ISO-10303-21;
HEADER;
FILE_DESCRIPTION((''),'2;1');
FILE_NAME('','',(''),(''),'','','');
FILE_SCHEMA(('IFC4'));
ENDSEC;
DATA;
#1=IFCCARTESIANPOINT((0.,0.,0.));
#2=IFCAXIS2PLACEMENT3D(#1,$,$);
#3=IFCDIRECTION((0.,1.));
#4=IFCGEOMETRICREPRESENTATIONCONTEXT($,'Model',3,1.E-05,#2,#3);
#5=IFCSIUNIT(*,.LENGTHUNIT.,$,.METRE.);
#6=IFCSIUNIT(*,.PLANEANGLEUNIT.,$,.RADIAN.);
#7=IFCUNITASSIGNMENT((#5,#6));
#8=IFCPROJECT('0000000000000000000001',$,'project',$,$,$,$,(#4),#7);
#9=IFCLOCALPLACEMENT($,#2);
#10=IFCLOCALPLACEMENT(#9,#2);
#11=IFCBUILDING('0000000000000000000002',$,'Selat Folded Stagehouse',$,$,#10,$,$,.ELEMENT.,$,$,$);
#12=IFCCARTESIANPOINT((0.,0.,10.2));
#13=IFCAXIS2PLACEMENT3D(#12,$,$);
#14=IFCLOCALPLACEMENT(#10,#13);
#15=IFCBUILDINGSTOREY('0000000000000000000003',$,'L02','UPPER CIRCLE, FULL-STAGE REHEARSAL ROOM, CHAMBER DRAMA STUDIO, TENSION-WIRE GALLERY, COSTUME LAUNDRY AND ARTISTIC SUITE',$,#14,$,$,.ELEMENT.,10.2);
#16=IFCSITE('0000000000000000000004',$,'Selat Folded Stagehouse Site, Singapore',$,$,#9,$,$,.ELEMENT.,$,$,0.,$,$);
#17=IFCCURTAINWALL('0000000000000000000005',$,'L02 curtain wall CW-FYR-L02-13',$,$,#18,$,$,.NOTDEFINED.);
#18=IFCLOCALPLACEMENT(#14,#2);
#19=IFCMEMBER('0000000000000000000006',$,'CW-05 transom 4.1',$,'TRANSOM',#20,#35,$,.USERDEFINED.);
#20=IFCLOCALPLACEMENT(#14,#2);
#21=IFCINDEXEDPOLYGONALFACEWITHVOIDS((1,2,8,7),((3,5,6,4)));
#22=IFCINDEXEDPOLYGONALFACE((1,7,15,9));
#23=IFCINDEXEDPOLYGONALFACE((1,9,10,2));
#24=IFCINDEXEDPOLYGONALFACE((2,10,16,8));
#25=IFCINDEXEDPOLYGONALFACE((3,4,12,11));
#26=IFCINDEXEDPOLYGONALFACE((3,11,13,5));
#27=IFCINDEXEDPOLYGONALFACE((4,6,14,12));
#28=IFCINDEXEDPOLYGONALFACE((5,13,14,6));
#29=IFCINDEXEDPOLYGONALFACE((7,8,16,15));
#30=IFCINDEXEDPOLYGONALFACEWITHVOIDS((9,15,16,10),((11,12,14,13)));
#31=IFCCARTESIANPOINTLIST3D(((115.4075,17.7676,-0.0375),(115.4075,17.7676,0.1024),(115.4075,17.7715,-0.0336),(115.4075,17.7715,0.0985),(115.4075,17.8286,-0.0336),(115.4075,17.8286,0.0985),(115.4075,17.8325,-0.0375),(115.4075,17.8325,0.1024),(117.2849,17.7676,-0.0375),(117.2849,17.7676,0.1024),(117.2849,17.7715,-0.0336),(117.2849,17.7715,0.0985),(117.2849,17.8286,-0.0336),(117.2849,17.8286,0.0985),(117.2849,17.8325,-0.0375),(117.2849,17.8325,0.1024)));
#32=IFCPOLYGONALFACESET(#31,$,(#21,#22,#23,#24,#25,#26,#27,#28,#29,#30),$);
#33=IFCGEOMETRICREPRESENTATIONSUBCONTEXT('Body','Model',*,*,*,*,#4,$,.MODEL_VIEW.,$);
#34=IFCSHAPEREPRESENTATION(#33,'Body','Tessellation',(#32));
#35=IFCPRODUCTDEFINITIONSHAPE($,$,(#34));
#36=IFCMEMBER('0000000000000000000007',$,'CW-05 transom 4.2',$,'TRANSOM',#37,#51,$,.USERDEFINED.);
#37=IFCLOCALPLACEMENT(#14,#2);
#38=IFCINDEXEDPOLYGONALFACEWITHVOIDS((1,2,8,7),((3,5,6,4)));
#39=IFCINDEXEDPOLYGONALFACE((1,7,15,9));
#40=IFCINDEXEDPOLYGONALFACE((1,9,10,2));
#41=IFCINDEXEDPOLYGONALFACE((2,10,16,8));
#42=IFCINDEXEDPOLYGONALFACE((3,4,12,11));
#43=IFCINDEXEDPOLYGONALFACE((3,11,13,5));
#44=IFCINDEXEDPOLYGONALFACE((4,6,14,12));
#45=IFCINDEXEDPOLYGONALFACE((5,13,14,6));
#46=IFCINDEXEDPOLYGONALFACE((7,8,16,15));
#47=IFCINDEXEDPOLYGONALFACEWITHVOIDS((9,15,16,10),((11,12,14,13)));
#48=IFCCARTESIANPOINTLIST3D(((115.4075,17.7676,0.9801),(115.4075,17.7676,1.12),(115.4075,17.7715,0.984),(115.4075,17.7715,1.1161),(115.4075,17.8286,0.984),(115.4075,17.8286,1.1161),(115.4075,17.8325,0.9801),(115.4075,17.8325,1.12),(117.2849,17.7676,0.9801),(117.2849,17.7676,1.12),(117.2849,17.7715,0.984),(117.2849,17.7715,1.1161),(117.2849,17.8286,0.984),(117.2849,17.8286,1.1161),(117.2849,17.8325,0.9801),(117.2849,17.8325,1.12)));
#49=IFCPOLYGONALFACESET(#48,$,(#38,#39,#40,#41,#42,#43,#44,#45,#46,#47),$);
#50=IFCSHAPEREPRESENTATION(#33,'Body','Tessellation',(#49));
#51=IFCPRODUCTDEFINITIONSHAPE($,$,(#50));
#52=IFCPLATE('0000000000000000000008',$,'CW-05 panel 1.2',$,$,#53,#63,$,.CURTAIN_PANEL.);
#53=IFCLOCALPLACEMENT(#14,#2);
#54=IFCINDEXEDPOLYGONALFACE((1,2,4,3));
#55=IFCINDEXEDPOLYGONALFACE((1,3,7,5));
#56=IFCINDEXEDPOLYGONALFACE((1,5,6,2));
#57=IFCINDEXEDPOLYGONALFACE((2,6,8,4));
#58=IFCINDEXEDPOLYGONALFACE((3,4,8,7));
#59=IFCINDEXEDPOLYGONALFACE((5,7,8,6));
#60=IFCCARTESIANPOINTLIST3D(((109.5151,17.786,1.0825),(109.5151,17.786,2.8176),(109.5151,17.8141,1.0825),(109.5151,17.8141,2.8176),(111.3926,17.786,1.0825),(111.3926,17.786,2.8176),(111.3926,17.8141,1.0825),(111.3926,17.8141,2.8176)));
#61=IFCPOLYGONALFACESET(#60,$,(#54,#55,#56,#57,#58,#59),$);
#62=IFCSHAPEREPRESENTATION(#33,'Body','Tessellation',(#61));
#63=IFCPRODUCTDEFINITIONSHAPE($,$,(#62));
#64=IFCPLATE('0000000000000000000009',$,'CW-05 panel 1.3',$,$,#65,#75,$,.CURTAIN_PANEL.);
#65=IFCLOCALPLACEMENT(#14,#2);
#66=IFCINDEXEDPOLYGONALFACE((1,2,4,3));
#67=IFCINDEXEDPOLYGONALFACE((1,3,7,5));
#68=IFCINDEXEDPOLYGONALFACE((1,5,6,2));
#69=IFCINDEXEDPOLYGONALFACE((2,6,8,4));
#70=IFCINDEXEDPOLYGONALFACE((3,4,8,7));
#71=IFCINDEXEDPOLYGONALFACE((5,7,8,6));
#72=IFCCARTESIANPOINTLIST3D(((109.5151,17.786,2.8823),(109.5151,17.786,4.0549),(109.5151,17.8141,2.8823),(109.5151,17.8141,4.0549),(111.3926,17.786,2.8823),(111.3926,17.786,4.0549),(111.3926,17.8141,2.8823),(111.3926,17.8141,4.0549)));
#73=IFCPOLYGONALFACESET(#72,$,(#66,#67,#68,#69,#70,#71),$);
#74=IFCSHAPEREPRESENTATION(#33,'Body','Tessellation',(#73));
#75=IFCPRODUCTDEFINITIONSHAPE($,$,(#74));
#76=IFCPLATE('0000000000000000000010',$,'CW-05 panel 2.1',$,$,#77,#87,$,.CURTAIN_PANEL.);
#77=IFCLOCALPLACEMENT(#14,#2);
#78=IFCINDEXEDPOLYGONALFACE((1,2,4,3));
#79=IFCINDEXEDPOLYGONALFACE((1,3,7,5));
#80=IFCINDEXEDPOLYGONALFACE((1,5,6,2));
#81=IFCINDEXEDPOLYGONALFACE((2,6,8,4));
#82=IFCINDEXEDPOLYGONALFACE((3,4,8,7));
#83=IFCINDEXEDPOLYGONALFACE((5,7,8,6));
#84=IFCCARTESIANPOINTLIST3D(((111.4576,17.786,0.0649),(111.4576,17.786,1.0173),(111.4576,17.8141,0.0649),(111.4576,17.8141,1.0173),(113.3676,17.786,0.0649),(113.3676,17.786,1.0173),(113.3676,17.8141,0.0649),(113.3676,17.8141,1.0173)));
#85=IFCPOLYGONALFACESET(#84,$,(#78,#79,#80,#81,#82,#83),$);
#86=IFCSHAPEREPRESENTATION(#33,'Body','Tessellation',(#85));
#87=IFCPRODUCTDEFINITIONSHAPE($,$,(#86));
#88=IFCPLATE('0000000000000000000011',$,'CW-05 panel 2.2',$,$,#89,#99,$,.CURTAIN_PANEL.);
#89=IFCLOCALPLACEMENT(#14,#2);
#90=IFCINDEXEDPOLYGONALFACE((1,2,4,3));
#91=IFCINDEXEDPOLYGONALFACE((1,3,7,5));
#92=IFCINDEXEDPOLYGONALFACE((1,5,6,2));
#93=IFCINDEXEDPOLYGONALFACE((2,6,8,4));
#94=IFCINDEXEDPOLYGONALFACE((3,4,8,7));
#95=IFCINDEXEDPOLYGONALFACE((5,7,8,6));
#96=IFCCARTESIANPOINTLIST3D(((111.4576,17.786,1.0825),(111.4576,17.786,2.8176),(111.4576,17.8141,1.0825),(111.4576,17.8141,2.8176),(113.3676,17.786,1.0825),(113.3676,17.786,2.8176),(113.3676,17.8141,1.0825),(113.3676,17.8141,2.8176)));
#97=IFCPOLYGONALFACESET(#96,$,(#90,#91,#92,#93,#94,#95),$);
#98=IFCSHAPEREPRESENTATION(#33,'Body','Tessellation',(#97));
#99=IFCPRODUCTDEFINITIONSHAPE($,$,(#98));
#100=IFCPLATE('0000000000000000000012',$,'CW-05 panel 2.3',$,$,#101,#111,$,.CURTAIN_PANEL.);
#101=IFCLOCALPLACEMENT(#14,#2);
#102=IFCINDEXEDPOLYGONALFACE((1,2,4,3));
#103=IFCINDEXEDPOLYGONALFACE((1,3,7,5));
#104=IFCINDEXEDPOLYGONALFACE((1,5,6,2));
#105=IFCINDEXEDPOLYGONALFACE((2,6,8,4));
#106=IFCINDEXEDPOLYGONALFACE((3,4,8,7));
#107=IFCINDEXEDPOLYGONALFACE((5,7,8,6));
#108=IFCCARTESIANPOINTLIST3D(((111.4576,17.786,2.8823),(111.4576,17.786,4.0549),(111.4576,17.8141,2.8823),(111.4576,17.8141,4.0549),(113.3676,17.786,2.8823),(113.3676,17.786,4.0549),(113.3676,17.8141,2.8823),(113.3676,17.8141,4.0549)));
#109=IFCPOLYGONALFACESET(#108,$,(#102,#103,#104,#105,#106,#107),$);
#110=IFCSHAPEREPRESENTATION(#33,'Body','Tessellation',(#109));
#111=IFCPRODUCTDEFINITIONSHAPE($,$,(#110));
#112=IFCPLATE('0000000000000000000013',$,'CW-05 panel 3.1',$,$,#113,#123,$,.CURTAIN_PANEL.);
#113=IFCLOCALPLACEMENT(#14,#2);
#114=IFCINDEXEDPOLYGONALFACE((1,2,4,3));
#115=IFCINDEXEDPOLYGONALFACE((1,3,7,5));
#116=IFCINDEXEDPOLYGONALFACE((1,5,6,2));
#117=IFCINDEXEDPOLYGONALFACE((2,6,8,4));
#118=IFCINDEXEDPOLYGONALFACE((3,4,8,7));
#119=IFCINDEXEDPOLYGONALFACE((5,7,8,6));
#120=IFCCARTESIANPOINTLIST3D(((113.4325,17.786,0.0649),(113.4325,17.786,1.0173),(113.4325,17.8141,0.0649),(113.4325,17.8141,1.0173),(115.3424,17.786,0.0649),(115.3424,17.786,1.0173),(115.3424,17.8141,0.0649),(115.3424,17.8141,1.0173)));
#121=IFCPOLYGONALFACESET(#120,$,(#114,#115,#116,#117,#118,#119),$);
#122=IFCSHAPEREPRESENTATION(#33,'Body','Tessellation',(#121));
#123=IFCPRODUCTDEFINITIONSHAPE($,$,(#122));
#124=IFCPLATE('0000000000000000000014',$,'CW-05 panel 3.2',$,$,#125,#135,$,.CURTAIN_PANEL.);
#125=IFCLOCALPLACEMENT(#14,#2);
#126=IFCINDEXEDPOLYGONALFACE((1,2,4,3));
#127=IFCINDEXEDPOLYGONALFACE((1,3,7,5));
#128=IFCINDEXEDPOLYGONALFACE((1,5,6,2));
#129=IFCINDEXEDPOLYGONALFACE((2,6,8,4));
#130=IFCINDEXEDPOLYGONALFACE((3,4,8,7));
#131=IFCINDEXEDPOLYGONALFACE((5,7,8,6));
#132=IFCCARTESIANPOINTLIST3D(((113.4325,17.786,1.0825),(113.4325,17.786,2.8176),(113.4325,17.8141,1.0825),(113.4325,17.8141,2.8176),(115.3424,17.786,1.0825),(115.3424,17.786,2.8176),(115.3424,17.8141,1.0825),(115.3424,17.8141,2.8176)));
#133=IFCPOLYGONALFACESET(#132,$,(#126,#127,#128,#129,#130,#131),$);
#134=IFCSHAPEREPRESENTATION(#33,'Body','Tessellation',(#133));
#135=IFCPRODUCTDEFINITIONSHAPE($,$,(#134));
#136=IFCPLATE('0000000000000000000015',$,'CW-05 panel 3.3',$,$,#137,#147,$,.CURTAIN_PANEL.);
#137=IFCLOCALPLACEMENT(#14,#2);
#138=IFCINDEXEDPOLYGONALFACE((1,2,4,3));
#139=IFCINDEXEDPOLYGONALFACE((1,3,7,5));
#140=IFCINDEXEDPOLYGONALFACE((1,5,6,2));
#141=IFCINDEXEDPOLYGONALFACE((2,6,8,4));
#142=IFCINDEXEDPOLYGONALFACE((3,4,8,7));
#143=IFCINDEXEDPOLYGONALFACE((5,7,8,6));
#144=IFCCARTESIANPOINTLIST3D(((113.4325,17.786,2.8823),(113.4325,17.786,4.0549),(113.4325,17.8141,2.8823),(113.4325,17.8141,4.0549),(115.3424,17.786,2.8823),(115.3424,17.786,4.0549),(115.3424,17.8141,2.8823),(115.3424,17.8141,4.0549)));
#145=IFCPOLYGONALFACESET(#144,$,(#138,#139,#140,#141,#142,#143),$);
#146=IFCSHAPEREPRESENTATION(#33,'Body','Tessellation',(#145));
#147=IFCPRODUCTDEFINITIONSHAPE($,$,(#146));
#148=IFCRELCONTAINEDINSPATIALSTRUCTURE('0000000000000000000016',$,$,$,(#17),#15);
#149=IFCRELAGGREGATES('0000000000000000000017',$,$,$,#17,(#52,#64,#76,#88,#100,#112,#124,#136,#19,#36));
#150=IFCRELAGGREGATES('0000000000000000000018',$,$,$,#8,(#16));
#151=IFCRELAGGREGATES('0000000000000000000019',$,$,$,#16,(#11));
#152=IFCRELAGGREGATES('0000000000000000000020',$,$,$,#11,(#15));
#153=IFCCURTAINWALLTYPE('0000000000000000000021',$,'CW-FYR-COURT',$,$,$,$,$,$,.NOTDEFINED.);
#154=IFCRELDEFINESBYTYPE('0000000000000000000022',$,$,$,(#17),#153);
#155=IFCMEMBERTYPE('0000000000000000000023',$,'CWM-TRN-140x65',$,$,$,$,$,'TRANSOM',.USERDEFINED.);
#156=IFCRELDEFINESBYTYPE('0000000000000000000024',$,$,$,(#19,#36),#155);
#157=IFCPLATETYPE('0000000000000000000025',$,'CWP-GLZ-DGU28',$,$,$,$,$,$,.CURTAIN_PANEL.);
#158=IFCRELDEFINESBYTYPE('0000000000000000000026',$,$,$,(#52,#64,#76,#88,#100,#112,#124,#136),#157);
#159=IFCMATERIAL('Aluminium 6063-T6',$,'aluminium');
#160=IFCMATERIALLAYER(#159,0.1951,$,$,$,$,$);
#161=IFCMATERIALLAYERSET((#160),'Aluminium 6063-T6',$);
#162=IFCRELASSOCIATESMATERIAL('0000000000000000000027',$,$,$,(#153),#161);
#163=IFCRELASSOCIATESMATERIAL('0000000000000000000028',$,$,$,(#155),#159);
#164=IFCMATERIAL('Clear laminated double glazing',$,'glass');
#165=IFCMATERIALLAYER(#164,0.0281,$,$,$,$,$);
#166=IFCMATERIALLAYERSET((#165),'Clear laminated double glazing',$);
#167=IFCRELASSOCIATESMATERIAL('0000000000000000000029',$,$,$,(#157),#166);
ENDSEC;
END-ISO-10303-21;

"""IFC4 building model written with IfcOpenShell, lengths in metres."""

from ifc_helpers import new_model, si_unit, direction, frame, origin, origin_2d, place, context, subcontext, project, spatial, rectangle, hollow_rectangle, extrude, material, layer, layer_set, material_profile, profile_set, type_object, element, aggregate, save


model = new_model("IFC4")

# Units and contexts
model_context = context("Model", 3, precision=1e-05, world=origin(), true_north=direction((0.0, 1.0)))
body_context = subcontext(model_context, "Body", "Model", "MODEL_VIEW")
ifc_project = project(units=[si_unit("LENGTHUNIT", "METRE"), si_unit("PLANEANGLEUNIT", "RADIAN")], contexts=[model_context])

# Site, building, storey
site_placement = place(None, origin())
site = spatial("IfcSite", under=ifc_project, at=site_placement, Name="Selat Folded Stagehouse Site, Singapore", CompositionType="ELEMENT", RefElevation=0.0)
building_placement = place(site_placement, origin())
building = spatial("IfcBuilding", under=site, at=building_placement, Name="Selat Folded Stagehouse", CompositionType="ELEMENT")
storey_placement = place(building_placement, frame((0.0, 0.0, 10.2)))
storey = spatial("IfcBuildingStorey", under=building, at=storey_placement, Name="L02", Description="UPPER CIRCLE, FULL-STAGE REHEARSAL ROOM, CHAMBER DRAMA STUDIO, TENSION-WIRE GALLERY, COSTUME LAUNDRY AND ARTISTIC SUITE", CompositionType="ELEMENT", Elevation=10.2)

# Curtain wall, members, plates
ifc_material_1 = material(Name="Aluminium 6063-T6", Category="aluminium")
ifc_layer_1 = layer(ifc_material_1, 0.1951)
ifc_layer_set_1 = layer_set([ifc_layer_1], Name="Aluminium 6063-T6")
curtain_wall_type = type_object("IfcCurtainWallType", Name="CW-FYR-COURT", PredefinedType="NOTDEFINED", material=ifc_layer_set_1)
curtain_wall_placement = place(storey_placement, origin())
curtain_wall = element("IfcCurtainWall", 1, at=curtain_wall_placement, inside=storey, type_object=curtain_wall_type, Name="L02 curtain wall CW-FYR-L02-13", PredefinedType="NOTDEFINED")
ifc_material_profile_1 = material_profile(ifc_material_1, hollow_rectangle(XDim=0.0649, YDim=0.1399, WallThickness=0.0039, at=origin_2d()), Name="ALU 140x65x4.0")
ifc_profile_set_1 = profile_set([ifc_material_profile_1], Name="Aluminium 6063-T6")
member_type_1 = type_object("IfcMemberType", Name="CWM-TRN-140x65", ElementType="TRANSOM", PredefinedType="USERDEFINED", material=ifc_profile_set_1)
member_1_placement = place(storey_placement, frame((115.4075, 17.8, 0.0325), z_axis=(1.0, 0.0, 0.0), x_axis=(0.0, 1.0, 0.0)))
member_1 = element("IfcMember", 2, at=member_1_placement, type_object=member_type_1, Name="CW-05 transom 4.1", ObjectType="TRANSOM", PredefinedType="USERDEFINED", context=body_context, shape_type="SweptSolid", body=[
    extrude(hollow_rectangle(XDim=0.0649, YDim=0.1399, WallThickness=0.0039, at=origin_2d()), origin(), (0.0, 0.0, 1.0), 1.8774),
])
member_2_placement = place(storey_placement, frame((115.4075, 17.8, 1.05), z_axis=(1.0, 0.0, 0.0), x_axis=(0.0, 1.0, 0.0)))
member_2 = element("IfcMember", 3, at=member_2_placement, type_object=member_type_1, Name="CW-05 transom 4.2", ObjectType="TRANSOM", PredefinedType="USERDEFINED", context=body_context, shape_type="SweptSolid", body=[
    extrude(hollow_rectangle(XDim=0.0649, YDim=0.1399, WallThickness=0.0039, at=origin_2d()), origin(), (0.0, 0.0, 1.0), 1.8774),
])
ifc_material_2 = material(Name="Clear laminated double glazing", Category="glass")
ifc_layer_2 = layer(ifc_material_2, 0.0281)
ifc_layer_set_2 = layer_set([ifc_layer_2], Name="Clear laminated double glazing")
plate_type = type_object("IfcPlateType", Name="CWP-GLZ-DGU28", PredefinedType="CURTAIN_PANEL", material=ifc_layer_set_2)
plate_1_placement = place(storey_placement, frame((110.4539, 17.8, 1.0825), z_axis=(0.0, 0.0, 1.0), x_axis=(1.0, 0.0, 0.0)))
plate_1 = element("IfcPlate", 4, at=plate_1_placement, type_object=plate_type, Name="CW-05 panel 1.2", PredefinedType="CURTAIN_PANEL", context=body_context, shape_type="SweptSolid", body=[
    extrude(rectangle(XDim=1.8774, YDim=0.0281, at=origin_2d()), origin(), (0.0, 0.0, 1.0), 1.7351),
])
plate_2_placement = place(storey_placement, frame((110.4539, 17.8, 2.8823), z_axis=(0.0, 0.0, 1.0), x_axis=(1.0, 0.0, 0.0)))
plate_2 = element("IfcPlate", 5, at=plate_2_placement, type_object=plate_type, Name="CW-05 panel 1.3", PredefinedType="CURTAIN_PANEL", context=body_context, shape_type="SweptSolid", body=[
    extrude(rectangle(XDim=1.8774, YDim=0.0281, at=origin_2d()), origin(), (0.0, 0.0, 1.0), 1.1726),
])
plate_3_placement = place(storey_placement, frame((112.4126, 17.8, 0.0649), z_axis=(0.0, 0.0, 1.0), x_axis=(1.0, 0.0, 0.0)))
plate_3 = element("IfcPlate", 6, at=plate_3_placement, type_object=plate_type, Name="CW-05 panel 2.1", PredefinedType="CURTAIN_PANEL", context=body_context, shape_type="SweptSolid", body=[
    extrude(rectangle(XDim=1.9099, YDim=0.0281, at=origin_2d()), origin(), (0.0, 0.0, 1.0), 0.9524),
])
plate_4_placement = place(storey_placement, frame((112.4126, 17.8, 1.0825), z_axis=(0.0, 0.0, 1.0), x_axis=(1.0, 0.0, 0.0)))
plate_4 = element("IfcPlate", 7, at=plate_4_placement, type_object=plate_type, Name="CW-05 panel 2.2", PredefinedType="CURTAIN_PANEL", context=body_context, shape_type="SweptSolid", body=[
    extrude(rectangle(XDim=1.9099, YDim=0.0281, at=origin_2d()), origin(), (0.0, 0.0, 1.0), 1.7351),
])
plate_5_placement = place(storey_placement, frame((112.4126, 17.8, 2.8823), z_axis=(0.0, 0.0, 1.0), x_axis=(1.0, 0.0, 0.0)))
plate_5 = element("IfcPlate", 8, at=plate_5_placement, type_object=plate_type, Name="CW-05 panel 2.3", PredefinedType="CURTAIN_PANEL", context=body_context, shape_type="SweptSolid", body=[
    extrude(rectangle(XDim=1.9099, YDim=0.0281, at=origin_2d()), origin(), (0.0, 0.0, 1.0), 1.1726),
])
plate_6_placement = place(storey_placement, frame((114.3875, 17.8, 0.0649), z_axis=(0.0, 0.0, 1.0), x_axis=(1.0, 0.0, 0.0)))
plate_6 = element("IfcPlate", 9, at=plate_6_placement, type_object=plate_type, Name="CW-05 panel 3.1", PredefinedType="CURTAIN_PANEL", context=body_context, shape_type="SweptSolid", body=[
    extrude(rectangle(XDim=1.9099, YDim=0.0281, at=origin_2d()), origin(), (0.0, 0.0, 1.0), 0.9524),
])
plate_7_placement = place(storey_placement, frame((114.3875, 17.8, 1.0825), z_axis=(0.0, 0.0, 1.0), x_axis=(1.0, 0.0, 0.0)))
plate_7 = element("IfcPlate", 10, at=plate_7_placement, type_object=plate_type, Name="CW-05 panel 3.2", PredefinedType="CURTAIN_PANEL", context=body_context, shape_type="SweptSolid", body=[
    extrude(rectangle(XDim=1.9099, YDim=0.0281, at=origin_2d()), origin(), (0.0, 0.0, 1.0), 1.7351),
])
plate_8_placement = place(storey_placement, frame((114.3875, 17.8, 2.8823), z_axis=(0.0, 0.0, 1.0), x_axis=(1.0, 0.0, 0.0)))
plate_8 = element("IfcPlate", 11, at=plate_8_placement, type_object=plate_type, Name="CW-05 panel 3.3", PredefinedType="CURTAIN_PANEL", context=body_context, shape_type="SweptSolid", body=[
    extrude(rectangle(XDim=1.9099, YDim=0.0281, at=origin_2d()), origin(), (0.0, 0.0, 1.0), 1.1726),
])
aggregate(curtain_wall, [plate_1, plate_2, plate_3, plate_4, plate_5, plate_6, plate_7, plate_8, member_1, member_2])

save(model, "model.ifc")
